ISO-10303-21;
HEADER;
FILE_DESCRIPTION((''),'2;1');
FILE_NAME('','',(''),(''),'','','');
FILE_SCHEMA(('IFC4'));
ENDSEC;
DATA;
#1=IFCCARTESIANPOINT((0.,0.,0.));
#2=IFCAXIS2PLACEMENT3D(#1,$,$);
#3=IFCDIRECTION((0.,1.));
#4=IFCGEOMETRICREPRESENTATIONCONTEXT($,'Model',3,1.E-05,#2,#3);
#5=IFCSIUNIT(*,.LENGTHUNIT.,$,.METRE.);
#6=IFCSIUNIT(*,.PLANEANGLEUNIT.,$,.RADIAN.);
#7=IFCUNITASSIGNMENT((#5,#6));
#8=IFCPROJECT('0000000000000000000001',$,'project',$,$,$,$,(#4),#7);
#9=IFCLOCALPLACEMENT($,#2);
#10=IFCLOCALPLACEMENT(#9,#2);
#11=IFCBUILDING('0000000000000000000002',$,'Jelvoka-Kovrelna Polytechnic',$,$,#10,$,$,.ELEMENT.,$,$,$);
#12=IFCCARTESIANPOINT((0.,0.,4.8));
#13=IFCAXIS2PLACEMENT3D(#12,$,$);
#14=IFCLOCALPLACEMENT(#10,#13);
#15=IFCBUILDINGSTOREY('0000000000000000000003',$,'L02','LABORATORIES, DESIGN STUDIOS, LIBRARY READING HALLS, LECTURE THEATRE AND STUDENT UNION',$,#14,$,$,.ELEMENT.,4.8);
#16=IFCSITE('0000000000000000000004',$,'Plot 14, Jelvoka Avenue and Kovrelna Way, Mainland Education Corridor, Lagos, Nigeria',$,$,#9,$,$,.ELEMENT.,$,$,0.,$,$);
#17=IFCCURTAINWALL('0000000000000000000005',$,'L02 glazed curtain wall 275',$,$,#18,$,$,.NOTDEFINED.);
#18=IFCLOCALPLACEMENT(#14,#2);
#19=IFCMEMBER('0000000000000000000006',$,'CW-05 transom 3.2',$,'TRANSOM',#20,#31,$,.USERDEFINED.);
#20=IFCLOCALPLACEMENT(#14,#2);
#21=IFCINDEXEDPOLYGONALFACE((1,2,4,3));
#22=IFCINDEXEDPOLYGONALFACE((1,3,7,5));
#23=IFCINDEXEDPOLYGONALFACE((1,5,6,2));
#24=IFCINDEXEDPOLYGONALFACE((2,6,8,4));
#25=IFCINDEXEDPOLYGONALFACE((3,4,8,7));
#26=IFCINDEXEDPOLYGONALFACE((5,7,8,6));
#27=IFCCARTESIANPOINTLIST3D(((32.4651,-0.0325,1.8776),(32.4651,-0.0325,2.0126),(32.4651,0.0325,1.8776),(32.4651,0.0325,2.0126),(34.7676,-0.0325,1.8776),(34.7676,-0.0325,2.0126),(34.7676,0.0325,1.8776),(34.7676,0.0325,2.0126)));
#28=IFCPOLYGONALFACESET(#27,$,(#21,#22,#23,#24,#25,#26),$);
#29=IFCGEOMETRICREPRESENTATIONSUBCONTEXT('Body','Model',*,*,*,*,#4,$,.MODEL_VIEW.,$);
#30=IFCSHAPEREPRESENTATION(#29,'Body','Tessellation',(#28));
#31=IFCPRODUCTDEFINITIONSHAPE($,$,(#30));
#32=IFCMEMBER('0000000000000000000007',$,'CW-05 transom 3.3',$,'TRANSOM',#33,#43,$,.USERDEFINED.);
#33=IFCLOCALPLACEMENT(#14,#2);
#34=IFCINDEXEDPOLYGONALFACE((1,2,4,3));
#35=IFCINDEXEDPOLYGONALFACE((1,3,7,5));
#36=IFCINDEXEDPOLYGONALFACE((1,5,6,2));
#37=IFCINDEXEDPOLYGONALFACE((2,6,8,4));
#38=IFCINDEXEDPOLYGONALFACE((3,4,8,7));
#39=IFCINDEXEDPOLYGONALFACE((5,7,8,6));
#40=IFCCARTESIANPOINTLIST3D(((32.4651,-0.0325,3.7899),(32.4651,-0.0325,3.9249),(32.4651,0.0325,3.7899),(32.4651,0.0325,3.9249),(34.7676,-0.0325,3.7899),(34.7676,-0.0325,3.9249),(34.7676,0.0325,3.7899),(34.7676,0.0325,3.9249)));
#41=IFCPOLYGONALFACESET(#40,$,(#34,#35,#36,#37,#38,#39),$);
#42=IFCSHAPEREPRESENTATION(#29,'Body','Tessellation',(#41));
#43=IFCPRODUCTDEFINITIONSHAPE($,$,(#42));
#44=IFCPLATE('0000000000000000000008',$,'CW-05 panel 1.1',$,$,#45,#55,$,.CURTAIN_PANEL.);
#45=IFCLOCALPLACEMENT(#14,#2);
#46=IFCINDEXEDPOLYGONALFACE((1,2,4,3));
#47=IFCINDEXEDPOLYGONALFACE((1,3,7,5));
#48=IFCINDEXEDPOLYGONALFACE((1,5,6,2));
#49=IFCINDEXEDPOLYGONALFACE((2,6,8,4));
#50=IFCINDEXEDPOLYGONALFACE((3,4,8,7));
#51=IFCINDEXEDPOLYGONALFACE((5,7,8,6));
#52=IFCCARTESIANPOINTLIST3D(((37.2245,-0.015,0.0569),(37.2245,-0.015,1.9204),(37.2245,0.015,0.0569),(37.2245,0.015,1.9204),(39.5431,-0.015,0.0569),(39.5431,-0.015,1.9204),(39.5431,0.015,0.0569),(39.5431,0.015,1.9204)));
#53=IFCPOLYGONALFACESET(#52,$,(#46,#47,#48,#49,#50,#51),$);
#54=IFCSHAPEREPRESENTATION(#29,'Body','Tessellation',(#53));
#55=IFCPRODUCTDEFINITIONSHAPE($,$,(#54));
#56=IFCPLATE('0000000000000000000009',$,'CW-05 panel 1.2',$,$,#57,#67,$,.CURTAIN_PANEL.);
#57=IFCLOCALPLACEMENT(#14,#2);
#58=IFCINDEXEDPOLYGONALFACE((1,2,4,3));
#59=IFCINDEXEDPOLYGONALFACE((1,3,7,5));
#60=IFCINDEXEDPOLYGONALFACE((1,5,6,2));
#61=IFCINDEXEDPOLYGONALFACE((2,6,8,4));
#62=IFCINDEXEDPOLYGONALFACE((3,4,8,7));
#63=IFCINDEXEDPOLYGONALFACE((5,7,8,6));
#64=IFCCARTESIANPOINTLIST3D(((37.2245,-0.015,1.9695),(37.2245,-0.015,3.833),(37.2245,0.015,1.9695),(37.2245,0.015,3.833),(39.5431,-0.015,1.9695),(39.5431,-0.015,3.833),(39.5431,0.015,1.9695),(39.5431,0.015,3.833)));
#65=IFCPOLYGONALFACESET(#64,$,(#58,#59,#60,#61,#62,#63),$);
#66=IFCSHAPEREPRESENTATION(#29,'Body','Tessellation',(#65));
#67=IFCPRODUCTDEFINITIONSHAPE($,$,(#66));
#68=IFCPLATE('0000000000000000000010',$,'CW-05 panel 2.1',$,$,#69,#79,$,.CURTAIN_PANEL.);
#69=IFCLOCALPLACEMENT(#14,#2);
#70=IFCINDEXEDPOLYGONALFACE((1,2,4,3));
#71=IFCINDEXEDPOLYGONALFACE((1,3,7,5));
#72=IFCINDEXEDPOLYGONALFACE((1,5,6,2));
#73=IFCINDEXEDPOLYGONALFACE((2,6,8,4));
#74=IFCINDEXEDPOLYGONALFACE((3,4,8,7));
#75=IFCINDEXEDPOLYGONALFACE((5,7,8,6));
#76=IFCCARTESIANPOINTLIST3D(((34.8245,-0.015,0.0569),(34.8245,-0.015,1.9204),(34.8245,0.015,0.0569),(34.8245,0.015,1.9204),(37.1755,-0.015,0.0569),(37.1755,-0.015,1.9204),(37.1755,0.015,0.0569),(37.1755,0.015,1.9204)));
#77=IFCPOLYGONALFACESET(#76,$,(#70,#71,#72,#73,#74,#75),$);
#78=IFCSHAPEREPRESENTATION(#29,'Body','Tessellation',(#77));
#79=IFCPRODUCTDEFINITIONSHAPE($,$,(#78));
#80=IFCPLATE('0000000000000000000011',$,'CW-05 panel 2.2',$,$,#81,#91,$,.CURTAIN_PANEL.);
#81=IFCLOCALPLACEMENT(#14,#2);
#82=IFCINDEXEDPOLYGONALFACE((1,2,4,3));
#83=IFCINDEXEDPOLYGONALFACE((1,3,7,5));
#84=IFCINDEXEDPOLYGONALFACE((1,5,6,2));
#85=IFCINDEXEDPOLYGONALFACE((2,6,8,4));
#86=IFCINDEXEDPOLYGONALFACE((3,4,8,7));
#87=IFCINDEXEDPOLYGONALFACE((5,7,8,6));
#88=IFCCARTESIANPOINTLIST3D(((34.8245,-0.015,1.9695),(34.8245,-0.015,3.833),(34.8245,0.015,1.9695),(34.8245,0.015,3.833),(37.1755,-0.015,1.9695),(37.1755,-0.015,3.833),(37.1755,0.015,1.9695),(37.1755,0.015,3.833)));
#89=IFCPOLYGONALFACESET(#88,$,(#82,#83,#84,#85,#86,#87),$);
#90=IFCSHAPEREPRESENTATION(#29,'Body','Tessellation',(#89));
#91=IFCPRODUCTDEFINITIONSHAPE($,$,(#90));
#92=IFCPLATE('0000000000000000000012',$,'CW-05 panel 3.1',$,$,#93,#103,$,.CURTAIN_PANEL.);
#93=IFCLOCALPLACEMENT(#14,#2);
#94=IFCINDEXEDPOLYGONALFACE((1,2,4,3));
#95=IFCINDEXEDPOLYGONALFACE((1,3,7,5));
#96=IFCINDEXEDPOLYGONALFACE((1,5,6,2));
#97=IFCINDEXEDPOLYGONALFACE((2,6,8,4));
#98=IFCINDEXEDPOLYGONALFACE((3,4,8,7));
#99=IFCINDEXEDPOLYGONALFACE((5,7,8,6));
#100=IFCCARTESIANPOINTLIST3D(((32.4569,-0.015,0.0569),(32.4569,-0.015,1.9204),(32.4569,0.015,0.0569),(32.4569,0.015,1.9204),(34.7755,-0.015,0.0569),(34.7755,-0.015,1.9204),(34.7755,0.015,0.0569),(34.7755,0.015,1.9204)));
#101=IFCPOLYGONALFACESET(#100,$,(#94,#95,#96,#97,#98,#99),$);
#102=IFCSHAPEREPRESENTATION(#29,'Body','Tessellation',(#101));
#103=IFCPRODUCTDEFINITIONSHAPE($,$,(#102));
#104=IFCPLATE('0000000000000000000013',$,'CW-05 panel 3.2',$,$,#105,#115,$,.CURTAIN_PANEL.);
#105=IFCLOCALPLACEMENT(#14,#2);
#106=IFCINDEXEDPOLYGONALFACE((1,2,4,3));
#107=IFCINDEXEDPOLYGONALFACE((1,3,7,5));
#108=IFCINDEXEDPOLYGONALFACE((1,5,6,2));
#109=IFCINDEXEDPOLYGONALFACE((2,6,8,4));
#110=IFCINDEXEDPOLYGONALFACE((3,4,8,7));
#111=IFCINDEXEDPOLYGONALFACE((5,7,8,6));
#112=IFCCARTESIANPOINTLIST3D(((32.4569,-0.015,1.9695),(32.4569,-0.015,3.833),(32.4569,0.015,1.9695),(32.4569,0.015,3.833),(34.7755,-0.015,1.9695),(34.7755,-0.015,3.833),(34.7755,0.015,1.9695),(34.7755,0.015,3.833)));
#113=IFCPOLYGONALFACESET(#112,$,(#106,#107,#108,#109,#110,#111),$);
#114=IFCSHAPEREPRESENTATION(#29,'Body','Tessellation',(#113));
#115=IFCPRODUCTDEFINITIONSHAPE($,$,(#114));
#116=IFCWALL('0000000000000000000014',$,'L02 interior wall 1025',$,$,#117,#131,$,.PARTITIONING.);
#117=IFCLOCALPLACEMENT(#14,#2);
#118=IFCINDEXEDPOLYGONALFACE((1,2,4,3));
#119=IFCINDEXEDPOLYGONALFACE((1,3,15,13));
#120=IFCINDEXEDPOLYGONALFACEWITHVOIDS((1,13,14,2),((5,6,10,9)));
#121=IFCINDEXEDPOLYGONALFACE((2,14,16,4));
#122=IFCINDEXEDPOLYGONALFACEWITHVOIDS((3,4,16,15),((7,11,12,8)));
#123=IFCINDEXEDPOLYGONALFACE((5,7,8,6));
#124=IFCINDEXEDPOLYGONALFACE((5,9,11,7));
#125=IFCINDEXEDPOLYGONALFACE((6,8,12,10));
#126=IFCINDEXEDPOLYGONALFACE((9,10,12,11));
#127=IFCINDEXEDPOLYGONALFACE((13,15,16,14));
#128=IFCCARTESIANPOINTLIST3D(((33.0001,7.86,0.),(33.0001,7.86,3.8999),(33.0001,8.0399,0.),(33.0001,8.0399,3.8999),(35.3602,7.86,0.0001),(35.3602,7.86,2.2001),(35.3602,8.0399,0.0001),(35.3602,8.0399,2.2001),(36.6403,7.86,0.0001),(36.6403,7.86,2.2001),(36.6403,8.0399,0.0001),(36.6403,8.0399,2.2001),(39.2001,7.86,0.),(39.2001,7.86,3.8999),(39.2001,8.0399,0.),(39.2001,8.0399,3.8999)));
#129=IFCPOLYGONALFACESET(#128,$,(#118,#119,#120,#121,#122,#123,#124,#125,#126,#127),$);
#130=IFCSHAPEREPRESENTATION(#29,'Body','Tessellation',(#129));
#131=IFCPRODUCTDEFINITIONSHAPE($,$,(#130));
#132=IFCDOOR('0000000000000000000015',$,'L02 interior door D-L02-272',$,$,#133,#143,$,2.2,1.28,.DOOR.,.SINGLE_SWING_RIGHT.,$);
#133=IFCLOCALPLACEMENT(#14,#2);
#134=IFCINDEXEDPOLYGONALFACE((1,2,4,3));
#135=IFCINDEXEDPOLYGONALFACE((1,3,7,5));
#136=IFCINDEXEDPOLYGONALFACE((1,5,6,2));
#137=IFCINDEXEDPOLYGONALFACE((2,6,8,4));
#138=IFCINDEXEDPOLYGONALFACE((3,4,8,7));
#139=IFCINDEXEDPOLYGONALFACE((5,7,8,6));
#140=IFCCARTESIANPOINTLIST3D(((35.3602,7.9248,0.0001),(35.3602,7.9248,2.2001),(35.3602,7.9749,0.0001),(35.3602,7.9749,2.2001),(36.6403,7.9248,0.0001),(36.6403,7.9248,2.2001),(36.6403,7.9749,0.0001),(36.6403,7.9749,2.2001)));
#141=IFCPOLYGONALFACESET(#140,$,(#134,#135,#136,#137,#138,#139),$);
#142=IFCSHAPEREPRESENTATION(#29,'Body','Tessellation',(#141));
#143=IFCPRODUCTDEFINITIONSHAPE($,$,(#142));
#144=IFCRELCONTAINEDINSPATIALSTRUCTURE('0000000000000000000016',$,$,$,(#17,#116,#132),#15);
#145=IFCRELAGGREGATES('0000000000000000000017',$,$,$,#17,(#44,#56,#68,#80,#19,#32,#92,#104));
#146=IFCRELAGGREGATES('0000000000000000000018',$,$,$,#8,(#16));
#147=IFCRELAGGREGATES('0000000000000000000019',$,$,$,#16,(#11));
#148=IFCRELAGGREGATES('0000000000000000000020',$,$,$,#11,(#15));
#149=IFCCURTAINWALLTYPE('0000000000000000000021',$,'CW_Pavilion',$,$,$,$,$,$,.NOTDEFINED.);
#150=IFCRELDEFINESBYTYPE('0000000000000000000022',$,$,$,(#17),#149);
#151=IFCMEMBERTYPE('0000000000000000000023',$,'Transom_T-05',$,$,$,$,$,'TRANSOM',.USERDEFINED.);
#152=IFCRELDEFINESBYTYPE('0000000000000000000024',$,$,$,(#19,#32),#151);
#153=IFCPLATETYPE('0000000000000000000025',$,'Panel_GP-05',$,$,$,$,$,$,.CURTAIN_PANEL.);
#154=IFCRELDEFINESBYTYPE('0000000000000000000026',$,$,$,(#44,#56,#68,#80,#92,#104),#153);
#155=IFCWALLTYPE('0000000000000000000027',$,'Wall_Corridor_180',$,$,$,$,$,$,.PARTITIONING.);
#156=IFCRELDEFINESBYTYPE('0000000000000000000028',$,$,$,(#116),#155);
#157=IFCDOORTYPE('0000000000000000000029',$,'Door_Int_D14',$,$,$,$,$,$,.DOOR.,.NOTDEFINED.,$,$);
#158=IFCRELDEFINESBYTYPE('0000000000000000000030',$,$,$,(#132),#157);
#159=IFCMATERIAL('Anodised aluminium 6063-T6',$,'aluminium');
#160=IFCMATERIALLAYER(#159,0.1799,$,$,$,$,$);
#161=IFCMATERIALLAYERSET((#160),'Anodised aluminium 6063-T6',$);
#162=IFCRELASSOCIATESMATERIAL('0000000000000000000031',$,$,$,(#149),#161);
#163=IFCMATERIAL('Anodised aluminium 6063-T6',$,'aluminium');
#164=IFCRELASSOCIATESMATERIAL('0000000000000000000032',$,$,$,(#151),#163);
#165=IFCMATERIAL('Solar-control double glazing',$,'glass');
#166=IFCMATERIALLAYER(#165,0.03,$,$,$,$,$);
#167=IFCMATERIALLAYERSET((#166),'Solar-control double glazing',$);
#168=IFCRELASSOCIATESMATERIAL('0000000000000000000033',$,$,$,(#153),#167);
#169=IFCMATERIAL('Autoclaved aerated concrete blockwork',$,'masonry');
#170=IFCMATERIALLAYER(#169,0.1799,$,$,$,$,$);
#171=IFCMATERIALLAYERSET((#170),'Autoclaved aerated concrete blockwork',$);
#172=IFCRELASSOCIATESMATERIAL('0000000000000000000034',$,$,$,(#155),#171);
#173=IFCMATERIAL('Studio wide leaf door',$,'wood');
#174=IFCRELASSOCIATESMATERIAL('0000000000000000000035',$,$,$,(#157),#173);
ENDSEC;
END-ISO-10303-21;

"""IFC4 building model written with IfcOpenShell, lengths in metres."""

from ifc_helpers import new_model, si_unit, direction, frame, frame_2d, origin, origin_2d, place, context, subcontext, project, spatial, rectangle, extrude, material, layer, layer_set, material_profile, profile_set, type_object, element, fill, aggregate, save


model = new_model("IFC4")

# Units and contexts
model_context = context("Model", 3, precision=1e-05, world=origin(), true_north=direction((0.0, 1.0)))
body_context = subcontext(model_context, "Body", "Model", "MODEL_VIEW")
ifc_project = project(units=[si_unit("LENGTHUNIT", "METRE"), si_unit("PLANEANGLEUNIT", "RADIAN")], contexts=[model_context])

# Site, building, storey
site_placement = place(None, origin())
site = spatial("IfcSite", under=ifc_project, at=site_placement, Name="Plot 14, Jelvoka Avenue and Kovrelna Way, Mainland Education Corridor, Lagos, Nigeria", CompositionType="ELEMENT", RefElevation=0.0)
building_placement = place(site_placement, origin())
building = spatial("IfcBuilding", under=site, at=building_placement, Name="Jelvoka-Kovrelna Polytechnic", CompositionType="ELEMENT")
storey_placement = place(building_placement, frame((0.0, 0.0, 4.8)))
storey = spatial("IfcBuildingStorey", under=building, at=storey_placement, Name="L02", Description="LABORATORIES, DESIGN STUDIOS, LIBRARY READING HALLS, LECTURE THEATRE AND STUDENT UNION", CompositionType="ELEMENT", Elevation=4.8)

# Curtain wall, members, plates
ifc_material_1 = material(Name="Anodised aluminium 6063-T6", Category="aluminium")
ifc_layer_1 = layer(ifc_material_1, 0.1799)
ifc_layer_set_1 = layer_set([ifc_layer_1], Name="Anodised aluminium 6063-T6")
curtain_wall_type = type_object("IfcCurtainWallType", Name="CW_Pavilion", PredefinedType="NOTDEFINED", material=ifc_layer_set_1)
curtain_wall_placement = place(storey_placement, origin())
curtain_wall = element("IfcCurtainWall", 1, at=curtain_wall_placement, inside=storey, type_object=curtain_wall_type, Name="L02 glazed curtain wall 275", PredefinedType="NOTDEFINED")
ifc_material_2 = material(Name="Anodised aluminium 6063-T6", Category="aluminium")
ifc_material_profile_1 = material_profile(ifc_material_2, rectangle(XDim=0.0649, YDim=0.135, at=origin_2d()), Name="ALU 65x135")
ifc_profile_set_1 = profile_set([ifc_material_profile_1], Name="Anodised aluminium 6063-T6")
member_type_1 = type_object("IfcMemberType", Name="Transom_T-05", ElementType="TRANSOM", PredefinedType="USERDEFINED", material=ifc_profile_set_1)
member_1_placement = place(storey_placement, frame((34.7676, 0.0, 1.9451), z_axis=(-1.0, 0.0, 0.0), x_axis=(0.0, -1.0, 0.0)))
member_1 = element("IfcMember", 2, at=member_1_placement, type_object=member_type_1, Name="CW-05 transom 3.2", ObjectType="TRANSOM", PredefinedType="USERDEFINED", context=body_context, shape_type="SweptSolid", body=[
    extrude(rectangle(XDim=0.0649, YDim=0.135, at=origin_2d()), origin(), (0.0, 0.0, 1.0), 2.3025),
])
member_2_placement = place(storey_placement, frame((34.7676, 0.0, 3.8574), z_axis=(-1.0, 0.0, 0.0), x_axis=(0.0, -1.0, 0.0)))
member_2 = element("IfcMember", 3, at=member_2_placement, type_object=member_type_1, Name="CW-05 transom 3.3", ObjectType="TRANSOM", PredefinedType="USERDEFINED", context=body_context, shape_type="SweptSolid", body=[
    extrude(rectangle(XDim=0.0649, YDim=0.135, at=origin_2d()), origin(), (0.0, 0.0, 1.0), 2.3025),
])
ifc_material_3 = material(Name="Solar-control double glazing", Category="glass")
ifc_layer_2 = layer(ifc_material_3, 0.03)
ifc_layer_set_2 = layer_set([ifc_layer_2], Name="Solar-control double glazing")
plate_type = type_object("IfcPlateType", Name="Panel_GP-05", PredefinedType="CURTAIN_PANEL", material=ifc_layer_set_2)
plate_1_placement = place(storey_placement, frame((38.3838, 0.0, 0.0569), z_axis=(0.0, 0.0, 1.0), x_axis=(-1.0, 0.0, 0.0)))
plate_1 = element("IfcPlate", 4, at=plate_1_placement, type_object=plate_type, Name="CW-05 panel 1.1", PredefinedType="CURTAIN_PANEL", context=body_context, shape_type="SweptSolid", body=[
    extrude(rectangle(XDim=2.3186, YDim=0.03, at=origin_2d()), origin(), (0.0, 0.0, 1.0), 1.8635),
])
plate_2_placement = place(storey_placement, frame((38.3838, 0.0, 1.9695), z_axis=(0.0, 0.0, 1.0), x_axis=(-1.0, 0.0, 0.0)))
plate_2 = element("IfcPlate", 5, at=plate_2_placement, type_object=plate_type, Name="CW-05 panel 1.2", PredefinedType="CURTAIN_PANEL", context=body_context, shape_type="SweptSolid", body=[
    extrude(rectangle(XDim=2.3186, YDim=0.03, at=origin_2d()), origin(), (0.0, 0.0, 1.0), 1.8635),
])
plate_3_placement = place(storey_placement, frame((36.0, 0.0, 0.0569), z_axis=(0.0, 0.0, 1.0), x_axis=(-1.0, 0.0, 0.0)))
plate_3 = element("IfcPlate", 6, at=plate_3_placement, type_object=plate_type, Name="CW-05 panel 2.1", PredefinedType="CURTAIN_PANEL", context=body_context, shape_type="SweptSolid", body=[
    extrude(rectangle(XDim=2.3511, YDim=0.03, at=origin_2d()), origin(), (0.0, 0.0, 1.0), 1.8635),
])
plate_4_placement = place(storey_placement, frame((36.0, 0.0, 1.9695), z_axis=(0.0, 0.0, 1.0), x_axis=(-1.0, 0.0, 0.0)))
plate_4 = element("IfcPlate", 7, at=plate_4_placement, type_object=plate_type, Name="CW-05 panel 2.2", PredefinedType="CURTAIN_PANEL", context=body_context, shape_type="SweptSolid", body=[
    extrude(rectangle(XDim=2.3511, YDim=0.03, at=origin_2d()), origin(), (0.0, 0.0, 1.0), 1.8635),
])
plate_5_placement = place(storey_placement, frame((33.6162, 0.0, 0.0569), z_axis=(0.0, 0.0, 1.0), x_axis=(-1.0, 0.0, 0.0)))
plate_5 = element("IfcPlate", 8, at=plate_5_placement, type_object=plate_type, Name="CW-05 panel 3.1", PredefinedType="CURTAIN_PANEL", context=body_context, shape_type="SweptSolid", body=[
    extrude(rectangle(XDim=2.3186, YDim=0.03, at=origin_2d()), origin(), (0.0, 0.0, 1.0), 1.8635),
])
plate_6_placement = place(storey_placement, frame((33.6162, 0.0, 1.9695), z_axis=(0.0, 0.0, 1.0), x_axis=(-1.0, 0.0, 0.0)))
plate_6 = element("IfcPlate", 9, at=plate_6_placement, type_object=plate_type, Name="CW-05 panel 3.2", PredefinedType="CURTAIN_PANEL", context=body_context, shape_type="SweptSolid", body=[
    extrude(rectangle(XDim=2.3186, YDim=0.03, at=origin_2d()), origin(), (0.0, 0.0, 1.0), 1.8635),
])
aggregate(curtain_wall, [plate_1, plate_2, plate_3, plate_4, member_1, member_2, plate_5, plate_6])

# Wall, opening, door
ifc_material_4 = material(Name="Autoclaved aerated concrete blockwork", Category="masonry")
ifc_layer_3 = layer(ifc_material_4, 0.1799)
ifc_layer_set_3 = layer_set([ifc_layer_3], Name="Autoclaved aerated concrete blockwork")
wall_type = type_object("IfcWallType", Name="Wall_Corridor_180", PredefinedType="PARTITIONING", material=ifc_layer_set_3)
wall_placement = place(storey_placement, frame((33.0, 7.95, 0.0), z_axis=(0.0, 0.0, 1.0), x_axis=(1.0, 0.0, 0.0)))
wall = element("IfcWall", 10, at=wall_placement, inside=storey, type_object=wall_type, Name="L02 interior wall 1025", PredefinedType="PARTITIONING", context=body_context, shape_type="SweptSolid", body=[
    extrude(rectangle(XDim=6.2, YDim=0.1799, at=frame_2d((3.1001, 0.0))), origin(), (0.0, 0.0, 1.0), 3.8999),
])
opening_placement = place(wall_placement, frame((2.3601, 0.0, 0.0)))
opening = element("IfcOpeningElement", 11, at=opening_placement, cuts=wall, PredefinedType="OPENING", context=body_context, shape_type="SweptSolid", body=[
    extrude(rectangle(XDim=1.28, YDim=2.2, at=frame_2d((0.6401, 1.1001))), frame((0.0, 0.0999, 0.0), z_axis=(0.0, -1.0, 0.0), x_axis=(1.0, 0.0, 0.0)), (0.0, 0.0, 1.0), 0.2),
])
ifc_material_5 = material(Name="Studio wide leaf door", Category="wood")
door_type = type_object("IfcDoorType", Name="Door_Int_D14", OperationType="NOTDEFINED", PredefinedType="DOOR", material=ifc_material_5)
door_placement = place(opening_placement, origin())
door = element("IfcDoor", 12, at=door_placement, inside=storey, type_object=door_type, Name="L02 interior door D-L02-272", OperationType="SINGLE_SWING_RIGHT", OverallHeight=2.2, OverallWidth=1.28, PredefinedType="DOOR", context=body_context, shape_type="SweptSolid", body=[
    extrude(rectangle(XDim=1.28, YDim=2.2, at=frame_2d((0.6401, 1.1001))), frame((0.0, 0.0249, 0.0), z_axis=(0.0, -1.0, 0.0), x_axis=(1.0, 0.0, 0.0)), (0.0, 0.0, 1.0), 0.05),
])
fill(opening, door)

save(model, "model.ifc")
